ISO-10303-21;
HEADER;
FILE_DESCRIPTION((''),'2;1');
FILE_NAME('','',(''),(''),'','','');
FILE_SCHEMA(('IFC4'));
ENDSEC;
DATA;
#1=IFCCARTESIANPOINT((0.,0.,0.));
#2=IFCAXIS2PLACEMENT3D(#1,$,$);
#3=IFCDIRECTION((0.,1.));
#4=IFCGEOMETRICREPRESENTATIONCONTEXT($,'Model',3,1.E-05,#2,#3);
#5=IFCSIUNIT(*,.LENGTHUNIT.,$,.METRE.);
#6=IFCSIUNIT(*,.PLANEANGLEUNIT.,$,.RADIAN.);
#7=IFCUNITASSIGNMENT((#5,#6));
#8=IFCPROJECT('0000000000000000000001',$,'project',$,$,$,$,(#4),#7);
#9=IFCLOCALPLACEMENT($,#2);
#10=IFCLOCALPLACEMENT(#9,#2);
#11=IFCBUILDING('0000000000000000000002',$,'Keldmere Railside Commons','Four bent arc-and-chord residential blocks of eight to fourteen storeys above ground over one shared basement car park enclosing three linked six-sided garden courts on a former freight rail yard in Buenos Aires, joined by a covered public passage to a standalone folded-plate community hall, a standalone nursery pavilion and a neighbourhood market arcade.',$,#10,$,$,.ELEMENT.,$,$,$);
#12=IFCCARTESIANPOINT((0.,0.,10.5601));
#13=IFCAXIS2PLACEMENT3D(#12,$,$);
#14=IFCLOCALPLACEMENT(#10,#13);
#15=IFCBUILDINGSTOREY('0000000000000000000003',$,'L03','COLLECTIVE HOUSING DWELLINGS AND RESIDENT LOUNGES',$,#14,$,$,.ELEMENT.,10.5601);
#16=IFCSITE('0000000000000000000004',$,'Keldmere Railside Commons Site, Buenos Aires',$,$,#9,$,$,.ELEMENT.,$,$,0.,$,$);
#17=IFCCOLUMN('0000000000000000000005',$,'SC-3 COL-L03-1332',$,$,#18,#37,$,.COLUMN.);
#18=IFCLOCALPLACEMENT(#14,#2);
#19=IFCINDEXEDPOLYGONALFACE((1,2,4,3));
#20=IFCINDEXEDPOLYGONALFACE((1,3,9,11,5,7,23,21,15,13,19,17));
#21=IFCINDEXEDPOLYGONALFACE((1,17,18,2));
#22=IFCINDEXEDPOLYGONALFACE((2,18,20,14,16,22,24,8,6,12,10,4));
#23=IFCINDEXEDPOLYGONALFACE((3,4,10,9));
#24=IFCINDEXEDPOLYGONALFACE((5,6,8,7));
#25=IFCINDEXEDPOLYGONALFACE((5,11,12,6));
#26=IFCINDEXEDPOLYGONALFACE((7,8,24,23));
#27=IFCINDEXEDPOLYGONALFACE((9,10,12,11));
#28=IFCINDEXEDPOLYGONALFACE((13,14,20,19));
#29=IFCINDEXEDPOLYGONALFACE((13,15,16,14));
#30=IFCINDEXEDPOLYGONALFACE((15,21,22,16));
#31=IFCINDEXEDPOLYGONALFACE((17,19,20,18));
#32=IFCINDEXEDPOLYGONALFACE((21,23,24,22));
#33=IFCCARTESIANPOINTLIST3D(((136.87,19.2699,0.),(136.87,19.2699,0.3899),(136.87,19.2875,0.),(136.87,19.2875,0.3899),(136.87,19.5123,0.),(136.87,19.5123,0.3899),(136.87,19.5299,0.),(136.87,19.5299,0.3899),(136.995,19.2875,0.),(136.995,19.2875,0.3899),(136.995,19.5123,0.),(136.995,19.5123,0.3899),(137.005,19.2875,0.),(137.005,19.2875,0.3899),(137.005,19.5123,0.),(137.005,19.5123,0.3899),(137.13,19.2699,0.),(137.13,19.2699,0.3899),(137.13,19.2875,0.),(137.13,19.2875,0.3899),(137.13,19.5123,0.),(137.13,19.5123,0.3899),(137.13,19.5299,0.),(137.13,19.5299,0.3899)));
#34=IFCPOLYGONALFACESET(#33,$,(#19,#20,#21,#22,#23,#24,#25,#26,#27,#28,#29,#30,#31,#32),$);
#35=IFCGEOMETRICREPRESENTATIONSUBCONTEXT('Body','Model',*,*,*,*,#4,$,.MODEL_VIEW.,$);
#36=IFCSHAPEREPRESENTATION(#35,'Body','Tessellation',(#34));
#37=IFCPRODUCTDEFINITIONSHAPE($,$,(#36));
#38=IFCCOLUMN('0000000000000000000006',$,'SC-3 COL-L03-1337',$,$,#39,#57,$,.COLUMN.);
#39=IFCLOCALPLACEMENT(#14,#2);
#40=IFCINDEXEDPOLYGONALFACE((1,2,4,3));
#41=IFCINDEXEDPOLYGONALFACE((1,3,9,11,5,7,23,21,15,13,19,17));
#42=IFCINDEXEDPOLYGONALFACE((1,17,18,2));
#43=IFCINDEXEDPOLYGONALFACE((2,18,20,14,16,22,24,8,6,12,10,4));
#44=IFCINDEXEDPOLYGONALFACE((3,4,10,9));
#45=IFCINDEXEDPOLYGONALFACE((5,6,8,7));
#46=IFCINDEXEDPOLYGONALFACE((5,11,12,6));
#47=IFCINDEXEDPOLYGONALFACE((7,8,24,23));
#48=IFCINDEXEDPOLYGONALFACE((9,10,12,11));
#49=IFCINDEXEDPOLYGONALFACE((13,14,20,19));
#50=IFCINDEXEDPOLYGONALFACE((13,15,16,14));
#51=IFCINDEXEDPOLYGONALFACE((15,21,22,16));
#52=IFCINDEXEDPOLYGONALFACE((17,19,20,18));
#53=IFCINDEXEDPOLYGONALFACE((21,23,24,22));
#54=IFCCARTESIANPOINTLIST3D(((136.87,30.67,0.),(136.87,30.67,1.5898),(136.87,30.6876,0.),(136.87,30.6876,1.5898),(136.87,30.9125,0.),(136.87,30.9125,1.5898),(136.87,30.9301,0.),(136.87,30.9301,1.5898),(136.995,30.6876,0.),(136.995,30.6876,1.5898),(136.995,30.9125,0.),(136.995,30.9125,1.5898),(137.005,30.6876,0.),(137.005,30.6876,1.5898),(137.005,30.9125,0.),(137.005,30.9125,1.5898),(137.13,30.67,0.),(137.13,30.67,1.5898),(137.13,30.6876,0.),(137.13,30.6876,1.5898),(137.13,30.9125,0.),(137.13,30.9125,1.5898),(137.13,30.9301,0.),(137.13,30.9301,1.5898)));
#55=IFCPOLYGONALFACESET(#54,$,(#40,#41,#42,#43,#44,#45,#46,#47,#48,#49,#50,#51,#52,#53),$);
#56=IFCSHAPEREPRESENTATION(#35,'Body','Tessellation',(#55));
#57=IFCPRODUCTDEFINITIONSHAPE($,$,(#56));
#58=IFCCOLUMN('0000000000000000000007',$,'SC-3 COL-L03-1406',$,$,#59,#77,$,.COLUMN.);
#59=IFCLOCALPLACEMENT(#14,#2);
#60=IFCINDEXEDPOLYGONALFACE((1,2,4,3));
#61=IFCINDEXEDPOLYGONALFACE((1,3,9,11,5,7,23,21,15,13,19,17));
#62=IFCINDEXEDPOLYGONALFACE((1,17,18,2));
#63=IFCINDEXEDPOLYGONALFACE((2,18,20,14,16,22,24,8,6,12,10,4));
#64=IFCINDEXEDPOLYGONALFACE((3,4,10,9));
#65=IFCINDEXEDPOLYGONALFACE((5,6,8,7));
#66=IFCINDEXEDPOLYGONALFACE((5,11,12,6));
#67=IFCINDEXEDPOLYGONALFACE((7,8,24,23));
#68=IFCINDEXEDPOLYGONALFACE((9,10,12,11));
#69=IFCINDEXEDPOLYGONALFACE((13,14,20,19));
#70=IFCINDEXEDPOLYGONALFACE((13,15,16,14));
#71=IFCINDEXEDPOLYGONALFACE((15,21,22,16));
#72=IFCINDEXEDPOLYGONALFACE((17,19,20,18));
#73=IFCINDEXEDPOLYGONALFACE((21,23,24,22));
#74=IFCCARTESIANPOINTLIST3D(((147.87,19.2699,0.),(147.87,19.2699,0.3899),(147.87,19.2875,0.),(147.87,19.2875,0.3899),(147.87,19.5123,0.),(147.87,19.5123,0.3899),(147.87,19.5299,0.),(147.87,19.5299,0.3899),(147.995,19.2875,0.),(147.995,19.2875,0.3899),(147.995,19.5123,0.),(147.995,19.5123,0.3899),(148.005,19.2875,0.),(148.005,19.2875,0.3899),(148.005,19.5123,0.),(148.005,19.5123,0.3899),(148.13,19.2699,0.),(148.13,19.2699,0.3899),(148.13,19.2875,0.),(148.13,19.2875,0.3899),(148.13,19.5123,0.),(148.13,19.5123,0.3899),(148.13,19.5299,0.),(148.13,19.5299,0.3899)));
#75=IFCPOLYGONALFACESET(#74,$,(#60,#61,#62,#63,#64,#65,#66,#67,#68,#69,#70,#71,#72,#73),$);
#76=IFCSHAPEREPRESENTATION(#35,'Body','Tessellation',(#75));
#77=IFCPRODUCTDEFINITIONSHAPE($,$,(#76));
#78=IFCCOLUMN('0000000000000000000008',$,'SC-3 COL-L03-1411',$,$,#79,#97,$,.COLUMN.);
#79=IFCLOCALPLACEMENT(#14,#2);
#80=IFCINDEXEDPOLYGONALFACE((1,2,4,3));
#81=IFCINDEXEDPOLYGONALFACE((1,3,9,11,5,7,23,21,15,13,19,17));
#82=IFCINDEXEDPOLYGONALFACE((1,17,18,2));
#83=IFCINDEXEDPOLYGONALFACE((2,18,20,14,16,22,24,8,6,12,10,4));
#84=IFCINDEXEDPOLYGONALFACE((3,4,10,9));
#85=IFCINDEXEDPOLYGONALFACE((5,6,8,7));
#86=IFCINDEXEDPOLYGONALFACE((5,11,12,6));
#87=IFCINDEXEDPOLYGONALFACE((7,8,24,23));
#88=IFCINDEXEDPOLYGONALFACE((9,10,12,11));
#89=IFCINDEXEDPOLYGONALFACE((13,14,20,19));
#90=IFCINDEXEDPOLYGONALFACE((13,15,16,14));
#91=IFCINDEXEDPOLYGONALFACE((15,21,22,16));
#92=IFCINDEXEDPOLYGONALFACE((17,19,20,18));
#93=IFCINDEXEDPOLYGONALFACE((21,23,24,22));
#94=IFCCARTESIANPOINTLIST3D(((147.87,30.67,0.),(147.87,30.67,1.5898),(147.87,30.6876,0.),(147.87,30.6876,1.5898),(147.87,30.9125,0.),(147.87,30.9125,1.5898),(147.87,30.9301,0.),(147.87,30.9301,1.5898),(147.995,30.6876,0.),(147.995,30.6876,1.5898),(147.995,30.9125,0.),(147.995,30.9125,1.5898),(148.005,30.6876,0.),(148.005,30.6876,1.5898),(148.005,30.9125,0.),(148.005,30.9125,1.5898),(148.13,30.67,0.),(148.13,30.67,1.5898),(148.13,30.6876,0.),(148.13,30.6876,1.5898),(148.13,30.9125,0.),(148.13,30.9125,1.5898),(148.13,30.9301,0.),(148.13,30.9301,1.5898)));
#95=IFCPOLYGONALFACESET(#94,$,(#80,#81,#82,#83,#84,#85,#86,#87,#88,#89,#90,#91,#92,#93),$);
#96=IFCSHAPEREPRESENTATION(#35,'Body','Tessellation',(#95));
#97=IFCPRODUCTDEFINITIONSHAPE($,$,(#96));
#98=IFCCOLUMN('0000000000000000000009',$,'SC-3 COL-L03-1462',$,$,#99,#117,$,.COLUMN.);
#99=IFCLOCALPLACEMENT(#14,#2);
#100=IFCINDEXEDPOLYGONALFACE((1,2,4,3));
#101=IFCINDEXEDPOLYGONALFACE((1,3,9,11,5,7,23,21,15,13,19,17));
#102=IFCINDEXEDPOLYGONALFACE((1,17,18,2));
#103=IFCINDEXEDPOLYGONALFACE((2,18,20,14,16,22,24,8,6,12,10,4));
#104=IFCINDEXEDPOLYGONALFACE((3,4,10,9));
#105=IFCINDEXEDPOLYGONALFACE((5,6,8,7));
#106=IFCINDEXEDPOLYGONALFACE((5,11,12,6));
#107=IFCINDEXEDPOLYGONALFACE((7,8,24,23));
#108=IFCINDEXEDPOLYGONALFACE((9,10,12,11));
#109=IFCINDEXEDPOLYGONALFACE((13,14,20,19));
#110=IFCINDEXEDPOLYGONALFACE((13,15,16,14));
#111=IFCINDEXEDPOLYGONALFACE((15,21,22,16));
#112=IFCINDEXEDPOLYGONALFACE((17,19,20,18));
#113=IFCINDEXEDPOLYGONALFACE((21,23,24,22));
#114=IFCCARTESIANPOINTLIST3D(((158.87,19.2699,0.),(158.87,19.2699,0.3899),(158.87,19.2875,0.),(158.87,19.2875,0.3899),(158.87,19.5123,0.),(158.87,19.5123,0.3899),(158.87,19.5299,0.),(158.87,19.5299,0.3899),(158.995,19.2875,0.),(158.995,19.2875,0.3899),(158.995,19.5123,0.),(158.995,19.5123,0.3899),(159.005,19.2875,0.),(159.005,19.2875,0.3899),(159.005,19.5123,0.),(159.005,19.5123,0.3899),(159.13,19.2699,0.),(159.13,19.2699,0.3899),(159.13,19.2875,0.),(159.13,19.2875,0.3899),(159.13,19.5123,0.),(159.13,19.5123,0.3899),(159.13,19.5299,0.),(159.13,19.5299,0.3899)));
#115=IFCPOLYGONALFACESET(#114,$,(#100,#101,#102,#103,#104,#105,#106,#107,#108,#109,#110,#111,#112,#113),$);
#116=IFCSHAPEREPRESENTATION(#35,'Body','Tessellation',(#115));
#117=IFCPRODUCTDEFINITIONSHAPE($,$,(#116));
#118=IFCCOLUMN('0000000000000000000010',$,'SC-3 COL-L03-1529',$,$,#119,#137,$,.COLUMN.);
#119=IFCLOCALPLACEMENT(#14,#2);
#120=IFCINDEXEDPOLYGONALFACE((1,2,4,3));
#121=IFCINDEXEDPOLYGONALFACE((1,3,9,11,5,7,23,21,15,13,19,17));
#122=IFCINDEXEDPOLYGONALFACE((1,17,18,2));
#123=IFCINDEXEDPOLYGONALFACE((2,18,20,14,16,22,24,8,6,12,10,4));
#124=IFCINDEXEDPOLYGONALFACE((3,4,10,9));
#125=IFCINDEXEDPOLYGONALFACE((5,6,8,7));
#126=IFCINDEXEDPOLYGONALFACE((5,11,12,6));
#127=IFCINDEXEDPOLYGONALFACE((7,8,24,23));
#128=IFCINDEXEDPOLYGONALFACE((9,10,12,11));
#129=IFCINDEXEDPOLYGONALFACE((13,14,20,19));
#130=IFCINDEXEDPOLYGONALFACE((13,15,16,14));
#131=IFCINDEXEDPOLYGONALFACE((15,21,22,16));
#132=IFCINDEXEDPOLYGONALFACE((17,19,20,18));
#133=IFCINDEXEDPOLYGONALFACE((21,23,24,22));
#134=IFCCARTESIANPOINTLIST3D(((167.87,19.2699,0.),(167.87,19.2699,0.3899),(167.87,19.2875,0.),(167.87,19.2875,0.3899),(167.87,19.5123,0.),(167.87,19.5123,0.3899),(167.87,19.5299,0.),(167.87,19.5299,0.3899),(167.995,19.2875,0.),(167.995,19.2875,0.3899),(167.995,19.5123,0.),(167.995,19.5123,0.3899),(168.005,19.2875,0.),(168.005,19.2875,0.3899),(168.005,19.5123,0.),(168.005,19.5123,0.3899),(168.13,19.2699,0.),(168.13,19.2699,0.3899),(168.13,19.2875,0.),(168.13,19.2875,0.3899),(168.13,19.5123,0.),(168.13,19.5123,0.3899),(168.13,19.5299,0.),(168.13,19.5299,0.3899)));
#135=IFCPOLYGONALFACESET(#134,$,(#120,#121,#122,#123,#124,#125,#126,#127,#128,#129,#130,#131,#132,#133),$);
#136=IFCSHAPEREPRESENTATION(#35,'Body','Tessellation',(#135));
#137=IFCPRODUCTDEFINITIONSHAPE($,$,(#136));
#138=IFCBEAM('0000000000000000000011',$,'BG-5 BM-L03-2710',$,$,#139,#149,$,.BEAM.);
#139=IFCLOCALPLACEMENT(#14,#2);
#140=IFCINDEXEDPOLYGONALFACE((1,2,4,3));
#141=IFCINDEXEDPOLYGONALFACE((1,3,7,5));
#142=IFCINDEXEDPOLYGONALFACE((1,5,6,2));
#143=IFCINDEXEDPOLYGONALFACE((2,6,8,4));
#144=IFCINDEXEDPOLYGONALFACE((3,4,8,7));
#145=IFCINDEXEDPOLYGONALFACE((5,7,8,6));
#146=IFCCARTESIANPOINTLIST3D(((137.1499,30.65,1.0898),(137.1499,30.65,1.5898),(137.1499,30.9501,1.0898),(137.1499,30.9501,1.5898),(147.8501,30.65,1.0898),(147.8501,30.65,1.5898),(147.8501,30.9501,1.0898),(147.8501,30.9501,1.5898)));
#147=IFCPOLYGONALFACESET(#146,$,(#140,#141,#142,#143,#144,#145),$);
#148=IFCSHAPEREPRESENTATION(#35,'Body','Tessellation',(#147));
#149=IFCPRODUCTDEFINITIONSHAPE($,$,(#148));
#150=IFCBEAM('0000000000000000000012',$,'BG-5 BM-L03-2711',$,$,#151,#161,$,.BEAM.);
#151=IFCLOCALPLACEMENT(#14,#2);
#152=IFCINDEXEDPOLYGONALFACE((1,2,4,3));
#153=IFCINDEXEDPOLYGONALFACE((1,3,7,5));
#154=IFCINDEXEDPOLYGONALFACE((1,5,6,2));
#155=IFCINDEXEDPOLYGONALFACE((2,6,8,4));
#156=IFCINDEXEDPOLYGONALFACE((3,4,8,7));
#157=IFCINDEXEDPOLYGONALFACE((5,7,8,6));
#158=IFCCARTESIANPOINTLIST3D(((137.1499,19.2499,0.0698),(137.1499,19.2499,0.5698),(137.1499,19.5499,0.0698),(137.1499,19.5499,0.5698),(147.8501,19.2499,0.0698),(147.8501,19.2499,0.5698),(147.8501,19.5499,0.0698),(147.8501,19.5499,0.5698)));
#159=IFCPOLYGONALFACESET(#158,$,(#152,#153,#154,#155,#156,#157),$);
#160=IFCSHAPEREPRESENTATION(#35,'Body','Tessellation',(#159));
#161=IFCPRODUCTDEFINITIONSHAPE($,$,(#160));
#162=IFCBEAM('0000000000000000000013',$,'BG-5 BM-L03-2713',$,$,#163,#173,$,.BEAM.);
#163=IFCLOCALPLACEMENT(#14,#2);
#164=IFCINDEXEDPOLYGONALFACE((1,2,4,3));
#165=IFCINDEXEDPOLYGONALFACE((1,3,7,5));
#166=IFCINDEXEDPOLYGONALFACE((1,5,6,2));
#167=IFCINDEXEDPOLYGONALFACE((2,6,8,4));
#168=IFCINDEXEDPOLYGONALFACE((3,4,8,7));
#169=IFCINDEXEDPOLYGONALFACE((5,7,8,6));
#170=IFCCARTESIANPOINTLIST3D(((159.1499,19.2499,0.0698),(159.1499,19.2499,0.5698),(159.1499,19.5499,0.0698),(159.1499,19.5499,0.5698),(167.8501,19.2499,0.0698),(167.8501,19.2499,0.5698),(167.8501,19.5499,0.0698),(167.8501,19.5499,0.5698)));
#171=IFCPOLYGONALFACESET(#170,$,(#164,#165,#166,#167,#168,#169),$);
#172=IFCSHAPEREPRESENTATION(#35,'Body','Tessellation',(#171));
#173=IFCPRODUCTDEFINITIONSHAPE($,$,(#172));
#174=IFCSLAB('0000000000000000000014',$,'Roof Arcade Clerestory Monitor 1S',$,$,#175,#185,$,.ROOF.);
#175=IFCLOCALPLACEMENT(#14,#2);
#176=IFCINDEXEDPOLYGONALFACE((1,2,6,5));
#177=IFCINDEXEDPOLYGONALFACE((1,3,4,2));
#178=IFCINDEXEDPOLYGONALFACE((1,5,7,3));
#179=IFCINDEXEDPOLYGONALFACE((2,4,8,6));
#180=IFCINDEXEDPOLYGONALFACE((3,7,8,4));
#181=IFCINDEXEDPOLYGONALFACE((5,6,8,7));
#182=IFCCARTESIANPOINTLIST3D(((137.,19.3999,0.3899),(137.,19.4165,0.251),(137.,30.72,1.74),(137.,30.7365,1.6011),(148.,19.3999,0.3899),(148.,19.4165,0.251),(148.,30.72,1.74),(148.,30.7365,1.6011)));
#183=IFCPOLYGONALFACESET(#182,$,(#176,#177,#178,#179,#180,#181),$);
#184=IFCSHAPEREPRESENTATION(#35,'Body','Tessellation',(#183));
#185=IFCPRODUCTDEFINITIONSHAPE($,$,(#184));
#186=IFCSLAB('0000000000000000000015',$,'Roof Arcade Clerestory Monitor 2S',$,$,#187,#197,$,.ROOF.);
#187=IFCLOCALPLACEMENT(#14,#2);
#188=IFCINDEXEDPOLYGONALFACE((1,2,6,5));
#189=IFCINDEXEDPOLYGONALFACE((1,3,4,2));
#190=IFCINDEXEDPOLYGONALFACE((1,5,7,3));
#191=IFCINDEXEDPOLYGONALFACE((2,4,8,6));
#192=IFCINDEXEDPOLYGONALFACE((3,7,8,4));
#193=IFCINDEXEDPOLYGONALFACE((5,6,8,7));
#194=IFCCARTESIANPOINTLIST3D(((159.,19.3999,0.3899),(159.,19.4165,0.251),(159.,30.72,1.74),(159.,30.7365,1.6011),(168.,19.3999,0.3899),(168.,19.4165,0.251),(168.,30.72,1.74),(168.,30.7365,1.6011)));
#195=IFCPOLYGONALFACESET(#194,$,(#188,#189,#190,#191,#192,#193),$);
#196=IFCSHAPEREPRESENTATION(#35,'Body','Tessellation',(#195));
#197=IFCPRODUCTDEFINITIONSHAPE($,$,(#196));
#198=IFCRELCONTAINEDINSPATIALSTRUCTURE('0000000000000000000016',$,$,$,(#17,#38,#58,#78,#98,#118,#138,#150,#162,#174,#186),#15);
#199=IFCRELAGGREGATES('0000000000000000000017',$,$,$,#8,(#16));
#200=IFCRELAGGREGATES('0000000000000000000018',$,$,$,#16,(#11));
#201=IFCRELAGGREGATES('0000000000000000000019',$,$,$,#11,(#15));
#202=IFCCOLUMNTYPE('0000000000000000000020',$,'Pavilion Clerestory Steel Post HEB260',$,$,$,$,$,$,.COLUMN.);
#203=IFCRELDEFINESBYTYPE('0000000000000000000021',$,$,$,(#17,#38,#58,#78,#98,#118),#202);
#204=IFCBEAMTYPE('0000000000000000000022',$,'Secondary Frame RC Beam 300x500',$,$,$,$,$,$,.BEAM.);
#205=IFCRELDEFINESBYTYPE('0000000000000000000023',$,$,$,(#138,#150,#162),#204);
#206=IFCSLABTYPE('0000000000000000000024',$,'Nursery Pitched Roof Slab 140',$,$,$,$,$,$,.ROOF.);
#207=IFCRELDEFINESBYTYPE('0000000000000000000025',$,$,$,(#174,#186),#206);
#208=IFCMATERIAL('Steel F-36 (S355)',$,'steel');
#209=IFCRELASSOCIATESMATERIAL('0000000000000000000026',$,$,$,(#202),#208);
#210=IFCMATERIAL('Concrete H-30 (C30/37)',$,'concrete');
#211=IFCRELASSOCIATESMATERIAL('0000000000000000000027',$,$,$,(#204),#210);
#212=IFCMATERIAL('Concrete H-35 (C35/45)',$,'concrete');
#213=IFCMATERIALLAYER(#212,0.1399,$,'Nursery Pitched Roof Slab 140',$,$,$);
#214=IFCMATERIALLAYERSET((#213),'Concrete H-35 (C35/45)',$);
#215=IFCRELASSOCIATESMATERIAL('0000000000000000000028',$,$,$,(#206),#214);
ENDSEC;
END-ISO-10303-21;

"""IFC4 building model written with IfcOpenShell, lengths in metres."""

from ifc_helpers import new_model, si_unit, direction, frame, origin, origin_2d, place, context, subcontext, project, spatial, polyline, rectangle, i_section, outline, extrude, material, layer, layer_set, material_profile, profile_set, type_object, element, save


model = new_model("IFC4")

# Units and contexts
model_context = context("Model", 3, precision=1e-05, world=origin(), true_north=direction((0.0, 1.0)))
body_context = subcontext(model_context, "Body", "Model", "MODEL_VIEW")
ifc_project = project(units=[si_unit("LENGTHUNIT", "METRE"), si_unit("PLANEANGLEUNIT", "RADIAN")], contexts=[model_context])

# Site, building, storey
site_placement = place(None, origin())
site = spatial("IfcSite", under=ifc_project, at=site_placement, Name="Keldmere Railside Commons Site, Buenos Aires", CompositionType="ELEMENT", RefElevation=0.0)
building_placement = place(site_placement, origin())
building = spatial("IfcBuilding", under=site, at=building_placement, Name="Keldmere Railside Commons", Description="Four bent arc-and-chord residential blocks of eight to fourteen storeys above ground over one shared basement car park enclosing three linked six-sided garden courts on a former freight rail yard in Buenos Aires, joined by a covered public passage to a standalone folded-plate community hall, a standalone nursery pavilion and a neighbourhood market arcade.", CompositionType="ELEMENT")
storey_placement = place(building_placement, frame((0.0, 0.0, 10.5601)))
storey = spatial("IfcBuildingStorey", under=building, at=storey_placement, Name="L03", Description="COLLECTIVE HOUSING DWELLINGS AND RESIDENT LOUNGES", CompositionType="ELEMENT", Elevation=10.5601)

# Columns
ifc_material_1 = material(Name="Steel F-36 (S355)", Category="steel")
ifc_material_profile_1 = material_profile(ifc_material_1, i_section(OverallWidth=0.26, OverallDepth=0.26, WebThickness=0.01, FlangeThickness=0.0176, at=origin_2d()), Name="HEB-260")
ifc_profile_set_1 = profile_set([ifc_material_profile_1], Name="Steel F-36 (S355)")
column_type = type_object("IfcColumnType", Name="Pavilion Clerestory Steel Post HEB260", PredefinedType="COLUMN", material=ifc_profile_set_1)
column_1_placement = place(storey_placement, frame((137.0, 19.3999, 0.0), z_axis=(0.0, 0.0, 1.0), x_axis=(1.0, 0.0, 0.0)))
element("IfcColumn", 1, at=column_1_placement, inside=storey, type_object=column_type, Name="SC-3 COL-L03-1332", PredefinedType="COLUMN", context=body_context, shape_type="SweptSolid", body=[
    extrude(i_section(OverallWidth=0.26, OverallDepth=0.26, WebThickness=0.01, FlangeThickness=0.0176, at=origin_2d()), origin(), (0.0, 0.0, 1.0), 0.3899),
])
column_2_placement = place(storey_placement, frame((137.0, 30.8, 0.0), z_axis=(0.0, 0.0, 1.0), x_axis=(1.0, 0.0, 0.0)))
element("IfcColumn", 2, at=column_2_placement, inside=storey, type_object=column_type, Name="SC-3 COL-L03-1337", PredefinedType="COLUMN", context=body_context, shape_type="SweptSolid", body=[
    extrude(i_section(OverallWidth=0.26, OverallDepth=0.26, WebThickness=0.01, FlangeThickness=0.0176, at=origin_2d()), origin(), (0.0, 0.0, 1.0), 1.5898),
])
column_3_placement = place(storey_placement, frame((148.0, 19.3999, 0.0), z_axis=(0.0, 0.0, 1.0), x_axis=(1.0, 0.0, 0.0)))
element("IfcColumn", 3, at=column_3_placement, inside=storey, type_object=column_type, Name="SC-3 COL-L03-1406", PredefinedType="COLUMN", context=body_context, shape_type="SweptSolid", body=[
    extrude(i_section(OverallWidth=0.26, OverallDepth=0.26, WebThickness=0.01, FlangeThickness=0.0176, at=origin_2d()), origin(), (0.0, 0.0, 1.0), 0.3899),
])
column_4_placement = place(storey_placement, frame((148.0, 30.8, 0.0), z_axis=(0.0, 0.0, 1.0), x_axis=(1.0, 0.0, 0.0)))
element("IfcColumn", 4, at=column_4_placement, inside=storey, type_object=column_type, Name="SC-3 COL-L03-1411", PredefinedType="COLUMN", context=body_context, shape_type="SweptSolid", body=[
    extrude(i_section(OverallWidth=0.26, OverallDepth=0.26, WebThickness=0.01, FlangeThickness=0.0176, at=origin_2d()), origin(), (0.0, 0.0, 1.0), 1.5898),
])
for number, where, z_axis, x_axis, name in (
    (5, (159.0, 19.3999, 0.0), (0.0, 0.0, 1.0), (1.0, 0.0, 0.0), "SC-3 COL-L03-1462"),
    (6, (168.0, 19.3999, 0.0), (0.0, 0.0, 1.0), (1.0, 0.0, 0.0), "SC-3 COL-L03-1529"),
):
    element("IfcColumn", number, at=place(storey_placement, frame(where, z_axis=z_axis, x_axis=x_axis)), inside=storey, type_object=column_type, Name=name, PredefinedType="COLUMN", context=body_context, shape_type="SweptSolid", body=[
        extrude(i_section(OverallWidth=0.26, OverallDepth=0.26, WebThickness=0.01, FlangeThickness=0.0176, at=origin_2d()), origin(), (0.0, 0.0, 1.0), 0.3899),
    ])

# Beams
ifc_material_2 = material(Name="Concrete H-30 (C30/37)", Category="concrete")
ifc_material_profile_2 = material_profile(ifc_material_2, rectangle(XDim=0.3, YDim=0.5, at=origin_2d()), Name="RC-300x500")
ifc_profile_set_2 = profile_set([ifc_material_profile_2], Name="Concrete H-30 (C30/37)")
beam_type = type_object("IfcBeamType", Name="Secondary Frame RC Beam 300x500", PredefinedType="BEAM", material=ifc_profile_set_2)
for number, where, z_axis, x_axis, name in (
    (7, (137.1499, 30.8, 1.3398), (1.0, 0.0, 0.0), (0.0, 1.0, 0.0), "BG-5 BM-L03-2710"),
    (8, (137.1499, 19.3999, 0.3198), (1.0, 0.0, 0.0), (0.0, 1.0, 0.0), "BG-5 BM-L03-2711"),
):
    element("IfcBeam", number, at=place(storey_placement, frame(where, z_axis=z_axis, x_axis=x_axis)), inside=storey, type_object=beam_type, Name=name, PredefinedType="BEAM", context=body_context, shape_type="SweptSolid", body=[
        extrude(rectangle(XDim=0.3, YDim=0.5, at=origin_2d()), origin(), (0.0, 0.0, 1.0), 10.7002),
    ])
beam_placement = place(storey_placement, frame((159.1499, 19.3999, 0.3198), z_axis=(1.0, 0.0, 0.0), x_axis=(0.0, 1.0, 0.0)))
element("IfcBeam", 9, at=beam_placement, inside=storey, type_object=beam_type, Name="BG-5 BM-L03-2713", PredefinedType="BEAM", context=body_context, shape_type="SweptSolid", body=[
    extrude(rectangle(XDim=0.3, YDim=0.5, at=origin_2d()), origin(), (0.0, 0.0, 1.0), 8.7002),
])

# Slabs
ifc_material_3 = material(Name="Concrete H-35 (C35/45)", Category="concrete")
ifc_layer_1 = layer(ifc_material_3, 0.1399, Name="Nursery Pitched Roof Slab 140")
ifc_layer_set_1 = layer_set([ifc_layer_1], Name="Concrete H-35 (C35/45)")
slab_type = type_object("IfcSlabType", Name="Nursery Pitched Roof Slab 140", PredefinedType="ROOF", material=ifc_layer_set_1)
slab_1_placement = place(storey_placement, frame((137.0, 19.3999, 0.3899), z_axis=(0.0, -0.118427, 0.992963), x_axis=(1.0, 0.0, 0.0)))
element("IfcSlab", 10, at=slab_1_placement, inside=storey, type_object=slab_type, Name="Roof Arcade Clerestory Monitor 1S", PredefinedType="ROOF", context=body_context, shape_type="SweptSolid", body=[
    extrude(outline(polyline([(0.0, 0.0), (11.0, 0.0), (11.0, 11.4003), (0.0, 11.4003), (0.0, 0.0)])), origin(), (0.0, 0.0, -1.0), 0.1399),
])
slab_2_placement = place(storey_placement, frame((159.0, 19.3999, 0.3899), z_axis=(0.0, -0.118427, 0.992963), x_axis=(1.0, 0.0, 0.0)))
element("IfcSlab", 11, at=slab_2_placement, inside=storey, type_object=slab_type, Name="Roof Arcade Clerestory Monitor 2S", PredefinedType="ROOF", context=body_context, shape_type="SweptSolid", body=[
    extrude(outline(polyline([(0.0, 0.0), (9.0, 0.0), (9.0, 11.4003), (0.0, 11.4003), (0.0, 0.0)])), origin(), (0.0, 0.0, -1.0), 0.1399),
])

save(model, "model.ifc")
